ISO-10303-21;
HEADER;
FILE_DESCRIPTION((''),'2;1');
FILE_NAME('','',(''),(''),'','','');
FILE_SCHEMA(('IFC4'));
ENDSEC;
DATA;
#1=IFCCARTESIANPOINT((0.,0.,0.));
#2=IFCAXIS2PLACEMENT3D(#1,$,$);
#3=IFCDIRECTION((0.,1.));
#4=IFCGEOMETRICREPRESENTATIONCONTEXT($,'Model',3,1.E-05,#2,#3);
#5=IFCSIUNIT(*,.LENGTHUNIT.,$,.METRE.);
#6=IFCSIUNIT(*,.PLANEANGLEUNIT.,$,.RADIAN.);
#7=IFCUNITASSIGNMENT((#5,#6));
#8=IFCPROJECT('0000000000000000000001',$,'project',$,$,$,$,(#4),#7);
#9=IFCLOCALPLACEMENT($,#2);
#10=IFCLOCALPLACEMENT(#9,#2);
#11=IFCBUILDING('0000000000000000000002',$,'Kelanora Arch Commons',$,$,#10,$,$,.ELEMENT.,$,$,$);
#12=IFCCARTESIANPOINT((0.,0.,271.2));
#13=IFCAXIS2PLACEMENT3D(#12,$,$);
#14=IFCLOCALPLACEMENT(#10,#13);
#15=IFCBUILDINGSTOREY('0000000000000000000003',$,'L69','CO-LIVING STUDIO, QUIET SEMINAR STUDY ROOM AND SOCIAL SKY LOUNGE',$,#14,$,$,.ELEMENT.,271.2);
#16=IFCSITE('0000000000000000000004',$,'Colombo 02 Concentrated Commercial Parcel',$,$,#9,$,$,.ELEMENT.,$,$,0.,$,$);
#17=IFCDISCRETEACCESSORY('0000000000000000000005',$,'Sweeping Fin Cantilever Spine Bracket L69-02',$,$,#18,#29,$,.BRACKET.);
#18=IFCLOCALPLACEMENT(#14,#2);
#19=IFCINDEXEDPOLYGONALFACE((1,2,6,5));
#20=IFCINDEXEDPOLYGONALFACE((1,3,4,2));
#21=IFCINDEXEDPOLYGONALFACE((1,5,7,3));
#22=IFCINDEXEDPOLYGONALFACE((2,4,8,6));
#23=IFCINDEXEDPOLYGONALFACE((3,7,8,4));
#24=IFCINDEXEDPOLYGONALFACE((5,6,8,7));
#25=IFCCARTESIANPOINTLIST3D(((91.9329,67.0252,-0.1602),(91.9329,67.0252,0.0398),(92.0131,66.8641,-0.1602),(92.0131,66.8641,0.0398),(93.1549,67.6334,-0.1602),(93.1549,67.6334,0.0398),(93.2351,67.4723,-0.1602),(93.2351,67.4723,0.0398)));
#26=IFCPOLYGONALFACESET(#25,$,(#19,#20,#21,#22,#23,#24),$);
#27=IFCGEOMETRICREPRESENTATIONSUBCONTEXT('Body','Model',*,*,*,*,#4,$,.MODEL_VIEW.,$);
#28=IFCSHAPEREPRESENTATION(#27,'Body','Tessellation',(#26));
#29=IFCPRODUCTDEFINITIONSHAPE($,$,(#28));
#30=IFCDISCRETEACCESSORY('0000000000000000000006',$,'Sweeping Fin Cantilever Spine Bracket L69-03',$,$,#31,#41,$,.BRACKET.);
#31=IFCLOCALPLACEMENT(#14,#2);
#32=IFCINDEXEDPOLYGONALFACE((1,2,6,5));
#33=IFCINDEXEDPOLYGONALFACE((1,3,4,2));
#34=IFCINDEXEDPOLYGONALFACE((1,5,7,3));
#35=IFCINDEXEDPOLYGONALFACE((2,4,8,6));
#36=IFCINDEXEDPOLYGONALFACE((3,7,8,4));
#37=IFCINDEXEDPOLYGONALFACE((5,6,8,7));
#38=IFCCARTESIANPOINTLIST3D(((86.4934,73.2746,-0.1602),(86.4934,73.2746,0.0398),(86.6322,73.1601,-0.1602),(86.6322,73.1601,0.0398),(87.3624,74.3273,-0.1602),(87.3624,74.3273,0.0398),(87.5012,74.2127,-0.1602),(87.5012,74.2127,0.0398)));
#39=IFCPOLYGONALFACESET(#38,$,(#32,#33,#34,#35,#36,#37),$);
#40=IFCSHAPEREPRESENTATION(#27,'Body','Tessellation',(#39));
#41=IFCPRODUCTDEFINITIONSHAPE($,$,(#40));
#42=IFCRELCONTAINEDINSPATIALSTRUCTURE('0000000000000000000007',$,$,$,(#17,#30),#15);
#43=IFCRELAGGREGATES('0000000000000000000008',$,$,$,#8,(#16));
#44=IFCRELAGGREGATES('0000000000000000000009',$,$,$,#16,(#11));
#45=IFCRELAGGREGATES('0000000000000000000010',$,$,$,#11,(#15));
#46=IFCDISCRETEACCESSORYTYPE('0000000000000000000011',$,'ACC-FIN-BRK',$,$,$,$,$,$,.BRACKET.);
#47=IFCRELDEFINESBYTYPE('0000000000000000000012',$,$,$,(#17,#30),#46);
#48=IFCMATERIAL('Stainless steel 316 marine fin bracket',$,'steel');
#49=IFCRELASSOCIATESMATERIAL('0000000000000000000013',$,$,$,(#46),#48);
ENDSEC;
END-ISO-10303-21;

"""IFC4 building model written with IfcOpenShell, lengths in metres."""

from ifc_helpers import new_model, si_unit, direction, frame, origin, origin_2d, place, context, subcontext, project, spatial, rectangle, extrude, source, transform, mapped, material, type_object, element, save


model = new_model("IFC4")

# Units and contexts
model_context = context("Model", 3, precision=1e-05, world=origin(), true_north=direction((0.0, 1.0)))
body_context = subcontext(model_context, "Body", "Model", "MODEL_VIEW")
ifc_project = project(units=[si_unit("LENGTHUNIT", "METRE"), si_unit("PLANEANGLEUNIT", "RADIAN")], contexts=[model_context])

# Site, building, storey
site_placement = place(None, origin())
site = spatial("IfcSite", under=ifc_project, at=site_placement, Name="Colombo 02 Concentrated Commercial Parcel", CompositionType="ELEMENT", RefElevation=0.0)
building_placement = place(site_placement, origin())
building = spatial("IfcBuilding", under=site, at=building_placement, Name="Kelanora Arch Commons", CompositionType="ELEMENT")
storey_placement = place(building_placement, frame((0.0, 0.0, 271.2)))
storey = spatial("IfcBuildingStorey", under=building, at=storey_placement, Name="L69", Description="CO-LIVING STUDIO, QUIET SEMINAR STUDY ROOM AND SOCIAL SKY LOUNGE", CompositionType="ELEMENT", Elevation=271.2)

# Discrete accessories
ifc_material_1 = material(Name="Stainless steel 316 marine fin bracket", Category="steel")
discrete_accessory_type = type_object("IfcDiscreteAccessoryType", Name="ACC-FIN-BRK", PredefinedType="BRACKET", material=ifc_material_1)
shared_shape_1 = source(origin(), body_context, "Body", "SweptSolid", [
    extrude(rectangle(XDim=1.365, YDim=0.1799, at=origin_2d()), origin(), (0.0, 0.0, 1.0), 0.2),
])
for number, where, z_axis, x_axis, name in (
    (1, (92.584, 67.2488, -0.1602), (0.0, 0.0, 1.0), (0.895246, 0.445573, 0.0), "Sweeping Fin Cantilever Spine Bracket L69-02"),
    (2, (86.9973, 73.7437, -0.1602), (0.0, 0.0, 1.0), (0.636617, 0.77118, 0.0), "Sweeping Fin Cantilever Spine Bracket L69-03"),
):
    element("IfcDiscreteAccessory", number, at=place(storey_placement, frame(where, z_axis=z_axis, x_axis=x_axis)), inside=storey, type_object=discrete_accessory_type, Name=name, PredefinedType="BRACKET", context=body_context, shape_type="MappedRepresentation", body=[
        mapped(shared_shape_1, transform((0.0, 0.0, 0.0), scale=1.0)),
    ])

save(model, "model.ifc")
